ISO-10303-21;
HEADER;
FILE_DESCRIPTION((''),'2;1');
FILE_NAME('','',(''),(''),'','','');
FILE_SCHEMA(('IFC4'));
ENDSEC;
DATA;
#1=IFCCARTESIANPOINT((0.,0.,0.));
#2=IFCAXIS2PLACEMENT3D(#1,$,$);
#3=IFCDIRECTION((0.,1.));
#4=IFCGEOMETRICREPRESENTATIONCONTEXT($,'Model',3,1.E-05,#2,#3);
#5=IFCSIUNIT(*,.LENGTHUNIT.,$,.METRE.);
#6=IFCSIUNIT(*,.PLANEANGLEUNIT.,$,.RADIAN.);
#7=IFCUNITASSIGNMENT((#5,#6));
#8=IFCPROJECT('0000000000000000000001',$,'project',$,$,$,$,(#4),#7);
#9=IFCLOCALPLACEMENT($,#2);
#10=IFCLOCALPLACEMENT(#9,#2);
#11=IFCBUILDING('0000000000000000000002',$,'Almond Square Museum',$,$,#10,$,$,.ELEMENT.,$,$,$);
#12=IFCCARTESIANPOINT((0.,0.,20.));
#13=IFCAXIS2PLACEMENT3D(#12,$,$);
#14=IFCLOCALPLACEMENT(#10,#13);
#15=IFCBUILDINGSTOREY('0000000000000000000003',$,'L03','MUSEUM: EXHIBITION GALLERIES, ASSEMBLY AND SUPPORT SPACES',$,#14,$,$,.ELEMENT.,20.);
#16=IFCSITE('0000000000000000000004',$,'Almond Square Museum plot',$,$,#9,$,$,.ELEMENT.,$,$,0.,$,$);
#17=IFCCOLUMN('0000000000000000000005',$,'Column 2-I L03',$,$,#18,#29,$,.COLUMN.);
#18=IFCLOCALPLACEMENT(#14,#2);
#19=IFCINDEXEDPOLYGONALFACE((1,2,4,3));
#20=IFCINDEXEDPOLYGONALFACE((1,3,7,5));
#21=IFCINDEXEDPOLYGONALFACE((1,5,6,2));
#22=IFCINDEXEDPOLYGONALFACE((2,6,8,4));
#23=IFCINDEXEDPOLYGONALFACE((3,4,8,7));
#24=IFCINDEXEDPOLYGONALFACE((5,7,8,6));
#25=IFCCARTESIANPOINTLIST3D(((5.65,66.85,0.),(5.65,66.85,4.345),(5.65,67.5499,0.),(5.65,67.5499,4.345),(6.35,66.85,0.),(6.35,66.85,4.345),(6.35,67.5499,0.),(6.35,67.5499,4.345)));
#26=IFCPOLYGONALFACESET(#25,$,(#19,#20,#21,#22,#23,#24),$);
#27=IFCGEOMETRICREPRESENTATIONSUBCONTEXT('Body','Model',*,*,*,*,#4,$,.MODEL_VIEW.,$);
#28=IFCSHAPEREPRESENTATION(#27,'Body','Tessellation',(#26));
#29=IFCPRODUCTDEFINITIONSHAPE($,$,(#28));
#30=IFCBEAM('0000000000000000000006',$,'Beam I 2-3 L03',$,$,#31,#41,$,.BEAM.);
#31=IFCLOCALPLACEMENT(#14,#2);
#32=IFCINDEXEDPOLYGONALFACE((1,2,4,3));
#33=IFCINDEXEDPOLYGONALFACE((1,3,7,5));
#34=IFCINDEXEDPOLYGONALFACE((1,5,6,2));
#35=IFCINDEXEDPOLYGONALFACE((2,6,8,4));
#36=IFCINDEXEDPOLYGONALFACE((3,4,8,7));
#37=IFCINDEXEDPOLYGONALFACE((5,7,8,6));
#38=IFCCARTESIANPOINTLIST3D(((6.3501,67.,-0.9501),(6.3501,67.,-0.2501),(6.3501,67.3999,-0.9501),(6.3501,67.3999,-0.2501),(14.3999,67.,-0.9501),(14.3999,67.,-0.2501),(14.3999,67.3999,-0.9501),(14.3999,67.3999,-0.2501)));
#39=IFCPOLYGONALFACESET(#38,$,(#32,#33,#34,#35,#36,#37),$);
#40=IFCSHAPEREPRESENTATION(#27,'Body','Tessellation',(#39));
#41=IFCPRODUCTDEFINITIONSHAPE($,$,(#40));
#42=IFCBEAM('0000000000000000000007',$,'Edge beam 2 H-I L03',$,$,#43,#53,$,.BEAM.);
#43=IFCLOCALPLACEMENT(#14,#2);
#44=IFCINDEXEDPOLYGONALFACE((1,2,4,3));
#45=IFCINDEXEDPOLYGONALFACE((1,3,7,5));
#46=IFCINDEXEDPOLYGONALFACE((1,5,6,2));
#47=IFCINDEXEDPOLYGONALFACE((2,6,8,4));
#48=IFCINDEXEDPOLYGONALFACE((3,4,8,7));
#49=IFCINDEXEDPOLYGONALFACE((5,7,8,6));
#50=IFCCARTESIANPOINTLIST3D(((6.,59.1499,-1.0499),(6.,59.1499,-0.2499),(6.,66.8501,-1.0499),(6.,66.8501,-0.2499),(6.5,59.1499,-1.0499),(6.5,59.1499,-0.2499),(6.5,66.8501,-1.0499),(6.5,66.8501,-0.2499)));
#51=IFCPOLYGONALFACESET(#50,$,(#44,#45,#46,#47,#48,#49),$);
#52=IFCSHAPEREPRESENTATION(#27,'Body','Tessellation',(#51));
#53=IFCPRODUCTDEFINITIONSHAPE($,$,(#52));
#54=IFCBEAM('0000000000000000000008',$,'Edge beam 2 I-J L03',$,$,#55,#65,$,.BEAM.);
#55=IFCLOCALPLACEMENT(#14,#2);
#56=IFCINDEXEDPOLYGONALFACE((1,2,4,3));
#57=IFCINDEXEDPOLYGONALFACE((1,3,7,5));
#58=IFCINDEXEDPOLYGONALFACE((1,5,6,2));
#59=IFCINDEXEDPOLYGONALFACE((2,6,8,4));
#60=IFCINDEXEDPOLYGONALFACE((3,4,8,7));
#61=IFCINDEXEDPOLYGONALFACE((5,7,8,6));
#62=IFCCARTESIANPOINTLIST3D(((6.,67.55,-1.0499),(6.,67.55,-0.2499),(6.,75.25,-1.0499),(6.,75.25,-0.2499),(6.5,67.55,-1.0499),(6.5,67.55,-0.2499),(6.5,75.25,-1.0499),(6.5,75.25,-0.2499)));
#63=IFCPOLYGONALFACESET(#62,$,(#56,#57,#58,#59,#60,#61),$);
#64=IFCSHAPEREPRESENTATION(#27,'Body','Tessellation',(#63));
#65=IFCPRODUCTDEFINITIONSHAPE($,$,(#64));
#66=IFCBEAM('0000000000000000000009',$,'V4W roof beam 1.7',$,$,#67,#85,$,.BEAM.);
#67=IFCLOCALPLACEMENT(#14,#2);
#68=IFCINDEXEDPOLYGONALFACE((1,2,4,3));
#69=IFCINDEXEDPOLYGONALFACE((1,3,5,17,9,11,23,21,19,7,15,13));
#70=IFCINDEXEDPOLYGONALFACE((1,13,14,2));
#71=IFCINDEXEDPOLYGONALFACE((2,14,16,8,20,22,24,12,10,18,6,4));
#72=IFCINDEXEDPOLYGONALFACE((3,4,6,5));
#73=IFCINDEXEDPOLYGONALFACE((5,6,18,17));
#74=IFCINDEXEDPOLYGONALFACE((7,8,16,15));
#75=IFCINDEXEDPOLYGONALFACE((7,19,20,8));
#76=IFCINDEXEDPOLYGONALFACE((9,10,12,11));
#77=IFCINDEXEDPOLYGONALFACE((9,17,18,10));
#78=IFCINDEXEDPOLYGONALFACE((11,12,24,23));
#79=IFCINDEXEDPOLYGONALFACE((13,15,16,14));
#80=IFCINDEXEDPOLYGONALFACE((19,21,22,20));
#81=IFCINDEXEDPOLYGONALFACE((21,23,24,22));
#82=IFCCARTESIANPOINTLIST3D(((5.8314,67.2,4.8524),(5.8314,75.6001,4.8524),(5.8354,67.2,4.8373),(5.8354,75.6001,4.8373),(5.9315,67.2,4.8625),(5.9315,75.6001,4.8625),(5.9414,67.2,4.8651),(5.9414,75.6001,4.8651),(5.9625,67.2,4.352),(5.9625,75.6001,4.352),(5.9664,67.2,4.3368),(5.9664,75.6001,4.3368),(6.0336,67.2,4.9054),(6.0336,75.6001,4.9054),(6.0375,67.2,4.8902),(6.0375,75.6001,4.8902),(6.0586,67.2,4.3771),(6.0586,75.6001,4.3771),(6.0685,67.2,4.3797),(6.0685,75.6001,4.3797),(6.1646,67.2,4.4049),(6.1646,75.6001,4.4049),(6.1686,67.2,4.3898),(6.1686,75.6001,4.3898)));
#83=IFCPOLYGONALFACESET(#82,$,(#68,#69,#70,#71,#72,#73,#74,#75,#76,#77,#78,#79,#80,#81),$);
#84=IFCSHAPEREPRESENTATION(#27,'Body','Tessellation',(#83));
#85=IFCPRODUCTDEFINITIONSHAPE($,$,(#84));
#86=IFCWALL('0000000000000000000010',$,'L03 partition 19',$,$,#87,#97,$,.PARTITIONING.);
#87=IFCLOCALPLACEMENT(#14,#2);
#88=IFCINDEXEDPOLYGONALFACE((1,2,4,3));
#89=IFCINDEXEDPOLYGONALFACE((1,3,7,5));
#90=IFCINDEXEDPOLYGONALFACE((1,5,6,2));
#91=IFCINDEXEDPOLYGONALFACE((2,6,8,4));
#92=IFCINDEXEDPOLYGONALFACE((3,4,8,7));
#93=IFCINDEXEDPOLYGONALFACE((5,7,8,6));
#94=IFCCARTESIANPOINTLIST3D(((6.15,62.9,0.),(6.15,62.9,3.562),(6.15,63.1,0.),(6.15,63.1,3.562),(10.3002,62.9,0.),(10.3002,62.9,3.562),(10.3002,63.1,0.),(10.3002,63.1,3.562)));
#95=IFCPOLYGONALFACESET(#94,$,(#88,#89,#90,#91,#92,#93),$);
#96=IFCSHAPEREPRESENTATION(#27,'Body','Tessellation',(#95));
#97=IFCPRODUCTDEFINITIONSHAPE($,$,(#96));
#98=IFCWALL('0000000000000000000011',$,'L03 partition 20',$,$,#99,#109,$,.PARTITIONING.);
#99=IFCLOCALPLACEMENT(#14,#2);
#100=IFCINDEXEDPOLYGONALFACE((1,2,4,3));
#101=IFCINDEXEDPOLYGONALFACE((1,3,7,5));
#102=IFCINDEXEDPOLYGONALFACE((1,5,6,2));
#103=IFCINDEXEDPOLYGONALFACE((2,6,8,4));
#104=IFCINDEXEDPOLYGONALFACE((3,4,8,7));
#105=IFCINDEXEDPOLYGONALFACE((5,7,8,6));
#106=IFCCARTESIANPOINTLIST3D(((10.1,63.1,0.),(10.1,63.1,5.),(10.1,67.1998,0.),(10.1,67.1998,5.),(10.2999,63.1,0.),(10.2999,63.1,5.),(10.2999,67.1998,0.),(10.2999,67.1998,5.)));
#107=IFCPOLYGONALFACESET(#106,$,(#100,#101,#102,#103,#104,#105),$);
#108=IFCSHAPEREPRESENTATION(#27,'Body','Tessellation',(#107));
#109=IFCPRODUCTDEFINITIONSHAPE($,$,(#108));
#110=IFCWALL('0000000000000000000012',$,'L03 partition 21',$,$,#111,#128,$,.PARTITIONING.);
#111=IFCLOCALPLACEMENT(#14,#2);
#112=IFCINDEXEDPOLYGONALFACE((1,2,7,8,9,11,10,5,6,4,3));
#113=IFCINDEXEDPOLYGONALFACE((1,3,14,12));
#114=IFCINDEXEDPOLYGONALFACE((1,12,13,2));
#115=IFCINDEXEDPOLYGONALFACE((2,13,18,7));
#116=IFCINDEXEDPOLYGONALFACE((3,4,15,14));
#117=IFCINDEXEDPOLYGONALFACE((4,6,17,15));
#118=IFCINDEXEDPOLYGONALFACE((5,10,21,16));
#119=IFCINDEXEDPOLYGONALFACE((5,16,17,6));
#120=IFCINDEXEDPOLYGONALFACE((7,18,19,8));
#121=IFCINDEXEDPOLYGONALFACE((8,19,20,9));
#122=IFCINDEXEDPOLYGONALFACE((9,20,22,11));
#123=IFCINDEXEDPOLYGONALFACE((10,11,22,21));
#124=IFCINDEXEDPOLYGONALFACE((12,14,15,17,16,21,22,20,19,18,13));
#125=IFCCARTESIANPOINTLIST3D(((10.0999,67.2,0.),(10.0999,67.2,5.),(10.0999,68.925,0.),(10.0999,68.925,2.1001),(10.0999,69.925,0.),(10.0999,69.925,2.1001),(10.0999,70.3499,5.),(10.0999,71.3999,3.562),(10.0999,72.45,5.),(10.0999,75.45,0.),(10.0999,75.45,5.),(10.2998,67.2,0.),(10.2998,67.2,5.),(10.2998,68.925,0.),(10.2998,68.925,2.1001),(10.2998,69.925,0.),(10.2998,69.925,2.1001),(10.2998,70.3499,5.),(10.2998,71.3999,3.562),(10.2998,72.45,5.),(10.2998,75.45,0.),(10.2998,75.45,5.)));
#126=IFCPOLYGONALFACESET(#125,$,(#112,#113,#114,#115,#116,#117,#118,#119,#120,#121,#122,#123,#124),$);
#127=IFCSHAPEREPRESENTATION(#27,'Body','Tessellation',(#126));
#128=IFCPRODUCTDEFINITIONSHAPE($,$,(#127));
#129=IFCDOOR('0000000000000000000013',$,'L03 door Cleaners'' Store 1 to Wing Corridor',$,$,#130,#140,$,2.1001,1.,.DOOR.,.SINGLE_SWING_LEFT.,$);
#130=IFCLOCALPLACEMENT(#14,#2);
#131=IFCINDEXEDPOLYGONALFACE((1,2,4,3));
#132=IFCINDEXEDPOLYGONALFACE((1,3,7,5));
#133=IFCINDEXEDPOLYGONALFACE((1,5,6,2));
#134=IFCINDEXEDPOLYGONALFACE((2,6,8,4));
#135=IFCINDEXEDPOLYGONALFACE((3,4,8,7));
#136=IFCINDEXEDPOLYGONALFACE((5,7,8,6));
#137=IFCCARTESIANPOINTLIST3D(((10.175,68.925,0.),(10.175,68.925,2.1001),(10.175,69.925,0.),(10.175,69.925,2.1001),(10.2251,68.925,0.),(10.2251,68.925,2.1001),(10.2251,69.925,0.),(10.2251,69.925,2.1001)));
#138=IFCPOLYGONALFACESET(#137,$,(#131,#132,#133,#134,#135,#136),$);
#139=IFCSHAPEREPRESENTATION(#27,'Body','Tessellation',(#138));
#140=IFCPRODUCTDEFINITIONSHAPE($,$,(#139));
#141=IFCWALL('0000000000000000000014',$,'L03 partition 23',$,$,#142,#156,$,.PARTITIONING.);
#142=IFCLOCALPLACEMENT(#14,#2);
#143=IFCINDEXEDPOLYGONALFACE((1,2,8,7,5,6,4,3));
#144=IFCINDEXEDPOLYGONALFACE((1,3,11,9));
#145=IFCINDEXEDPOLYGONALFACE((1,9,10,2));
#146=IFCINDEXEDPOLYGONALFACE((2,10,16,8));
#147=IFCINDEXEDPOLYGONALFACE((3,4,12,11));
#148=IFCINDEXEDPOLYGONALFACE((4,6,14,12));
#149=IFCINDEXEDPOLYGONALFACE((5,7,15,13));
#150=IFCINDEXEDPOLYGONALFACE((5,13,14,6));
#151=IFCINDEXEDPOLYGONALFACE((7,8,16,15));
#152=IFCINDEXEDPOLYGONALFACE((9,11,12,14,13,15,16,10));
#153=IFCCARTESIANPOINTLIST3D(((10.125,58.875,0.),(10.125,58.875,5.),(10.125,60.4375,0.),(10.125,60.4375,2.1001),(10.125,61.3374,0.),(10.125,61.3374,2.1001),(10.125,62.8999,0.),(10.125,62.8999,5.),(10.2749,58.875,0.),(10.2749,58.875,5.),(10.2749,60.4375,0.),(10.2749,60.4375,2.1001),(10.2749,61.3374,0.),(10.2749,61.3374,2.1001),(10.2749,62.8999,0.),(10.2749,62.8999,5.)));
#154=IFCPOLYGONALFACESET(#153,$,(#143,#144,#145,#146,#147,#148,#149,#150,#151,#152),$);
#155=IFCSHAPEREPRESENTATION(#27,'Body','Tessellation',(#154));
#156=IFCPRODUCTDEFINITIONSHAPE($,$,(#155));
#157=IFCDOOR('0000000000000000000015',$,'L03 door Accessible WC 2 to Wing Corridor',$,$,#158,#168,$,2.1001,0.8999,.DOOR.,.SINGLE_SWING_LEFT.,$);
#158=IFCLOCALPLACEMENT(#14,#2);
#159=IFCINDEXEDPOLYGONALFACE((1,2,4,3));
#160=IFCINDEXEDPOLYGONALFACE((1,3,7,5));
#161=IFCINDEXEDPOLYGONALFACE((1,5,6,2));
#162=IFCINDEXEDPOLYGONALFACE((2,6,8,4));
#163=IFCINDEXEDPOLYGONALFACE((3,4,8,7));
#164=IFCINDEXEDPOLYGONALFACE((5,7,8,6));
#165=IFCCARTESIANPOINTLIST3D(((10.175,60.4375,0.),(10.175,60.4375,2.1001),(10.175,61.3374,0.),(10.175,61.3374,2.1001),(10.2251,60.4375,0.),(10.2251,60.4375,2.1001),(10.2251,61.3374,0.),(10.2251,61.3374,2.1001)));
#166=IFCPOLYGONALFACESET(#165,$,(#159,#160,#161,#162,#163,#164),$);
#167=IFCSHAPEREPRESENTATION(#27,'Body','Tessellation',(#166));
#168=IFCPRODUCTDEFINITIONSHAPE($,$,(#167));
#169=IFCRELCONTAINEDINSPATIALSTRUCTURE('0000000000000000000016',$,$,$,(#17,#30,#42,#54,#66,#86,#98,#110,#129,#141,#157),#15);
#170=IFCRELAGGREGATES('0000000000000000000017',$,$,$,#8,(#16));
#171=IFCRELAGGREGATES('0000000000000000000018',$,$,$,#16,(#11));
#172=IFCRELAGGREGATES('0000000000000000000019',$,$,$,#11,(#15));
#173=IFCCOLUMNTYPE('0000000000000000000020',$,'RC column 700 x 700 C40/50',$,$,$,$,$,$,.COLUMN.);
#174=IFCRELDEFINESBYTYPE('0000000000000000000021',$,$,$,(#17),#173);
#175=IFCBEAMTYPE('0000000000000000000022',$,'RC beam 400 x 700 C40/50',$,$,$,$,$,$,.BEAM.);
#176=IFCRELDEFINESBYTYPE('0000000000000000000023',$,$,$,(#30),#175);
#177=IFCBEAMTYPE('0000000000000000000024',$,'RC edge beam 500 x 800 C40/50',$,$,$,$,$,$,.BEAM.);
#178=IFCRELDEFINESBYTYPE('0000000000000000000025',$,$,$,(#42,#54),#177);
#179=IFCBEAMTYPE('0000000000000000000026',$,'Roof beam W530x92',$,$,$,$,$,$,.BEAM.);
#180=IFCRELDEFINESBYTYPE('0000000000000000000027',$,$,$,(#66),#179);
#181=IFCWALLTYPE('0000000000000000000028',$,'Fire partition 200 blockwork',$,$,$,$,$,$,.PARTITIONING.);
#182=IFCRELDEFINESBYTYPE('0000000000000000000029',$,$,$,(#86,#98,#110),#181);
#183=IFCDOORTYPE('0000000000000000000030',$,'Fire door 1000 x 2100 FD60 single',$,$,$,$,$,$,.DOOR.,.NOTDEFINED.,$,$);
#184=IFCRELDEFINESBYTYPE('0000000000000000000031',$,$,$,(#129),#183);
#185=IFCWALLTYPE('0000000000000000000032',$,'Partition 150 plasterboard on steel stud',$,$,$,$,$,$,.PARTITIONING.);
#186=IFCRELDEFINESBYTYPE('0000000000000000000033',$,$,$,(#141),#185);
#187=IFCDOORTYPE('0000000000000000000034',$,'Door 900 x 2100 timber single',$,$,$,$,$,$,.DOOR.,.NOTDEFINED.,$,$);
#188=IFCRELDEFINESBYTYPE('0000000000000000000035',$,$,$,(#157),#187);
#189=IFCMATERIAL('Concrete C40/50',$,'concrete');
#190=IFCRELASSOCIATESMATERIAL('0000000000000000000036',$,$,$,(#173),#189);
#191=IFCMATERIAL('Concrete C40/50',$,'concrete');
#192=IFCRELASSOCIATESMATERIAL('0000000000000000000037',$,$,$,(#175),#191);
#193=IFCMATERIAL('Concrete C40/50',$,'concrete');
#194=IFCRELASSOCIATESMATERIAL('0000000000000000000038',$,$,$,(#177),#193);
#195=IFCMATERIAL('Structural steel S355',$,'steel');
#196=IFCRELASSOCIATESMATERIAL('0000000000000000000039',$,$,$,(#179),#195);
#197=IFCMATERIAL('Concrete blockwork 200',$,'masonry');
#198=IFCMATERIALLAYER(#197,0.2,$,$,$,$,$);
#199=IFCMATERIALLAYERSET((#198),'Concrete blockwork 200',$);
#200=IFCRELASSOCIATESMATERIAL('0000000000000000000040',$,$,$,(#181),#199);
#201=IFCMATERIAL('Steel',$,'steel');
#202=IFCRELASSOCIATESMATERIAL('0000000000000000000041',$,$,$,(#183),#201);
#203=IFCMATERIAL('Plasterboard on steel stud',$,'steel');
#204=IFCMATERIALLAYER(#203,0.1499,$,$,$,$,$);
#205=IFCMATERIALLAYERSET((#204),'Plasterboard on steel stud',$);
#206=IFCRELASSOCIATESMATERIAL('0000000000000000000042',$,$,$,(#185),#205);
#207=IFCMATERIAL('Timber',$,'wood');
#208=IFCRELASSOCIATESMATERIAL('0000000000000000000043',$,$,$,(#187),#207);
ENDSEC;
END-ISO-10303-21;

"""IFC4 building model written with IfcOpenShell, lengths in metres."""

from ifc_helpers import new_model, si_unit, direction, frame, frame_2d, origin, origin_2d, place, context, subcontext, project, spatial, polyline, rectangle, i_section, outline, extrude, material, layer, layer_set, material_profile, profile_set, type_object, element, fill, save


model = new_model("IFC4")

# Units and contexts
model_context = context("Model", 3, precision=1e-05, world=origin(), true_north=direction((0.0, 1.0)))
body_context = subcontext(model_context, "Body", "Model", "MODEL_VIEW")
ifc_project = project(units=[si_unit("LENGTHUNIT", "METRE"), si_unit("PLANEANGLEUNIT", "RADIAN")], contexts=[model_context])

# Site, building, storey
site_placement = place(None, origin())
site = spatial("IfcSite", under=ifc_project, at=site_placement, Name="Almond Square Museum plot", CompositionType="ELEMENT", RefElevation=0.0)
building_placement = place(site_placement, origin())
building = spatial("IfcBuilding", under=site, at=building_placement, Name="Almond Square Museum", CompositionType="ELEMENT")
storey_placement = place(building_placement, frame((0.0, 0.0, 20.0)))
storey = spatial("IfcBuildingStorey", under=building, at=storey_placement, Name="L03", Description="MUSEUM: EXHIBITION GALLERIES, ASSEMBLY AND SUPPORT SPACES", CompositionType="ELEMENT", Elevation=20.0)

# Column
ifc_material_1 = material(Name="Concrete C40/50", Category="concrete")
ifc_material_profile_1 = material_profile(ifc_material_1, rectangle(XDim=0.7, YDim=0.7, at=origin_2d()))
ifc_profile_set_1 = profile_set([ifc_material_profile_1], Name="Concrete C40/50")
column_type = type_object("IfcColumnType", Name="RC column 700 x 700 C40/50", PredefinedType="COLUMN", material=ifc_profile_set_1)
column_placement = place(storey_placement, frame((6.0, 67.2, 0.0), z_axis=(0.0, 0.0, 1.0), x_axis=(1.0, 0.0, 0.0)))
element("IfcColumn", 1, at=column_placement, inside=storey, type_object=column_type, Name="Column 2-I L03", PredefinedType="COLUMN", context=body_context, shape_type="SweptSolid", body=[
    extrude(rectangle(XDim=0.7, YDim=0.7, at=origin_2d()), origin(), (0.0, 0.0, 1.0), 4.345),
])

# Beams
ifc_material_2 = material(Name="Concrete C40/50", Category="concrete")
ifc_material_profile_2 = material_profile(ifc_material_2, rectangle(XDim=0.3999, YDim=0.7, at=origin_2d()))
ifc_profile_set_2 = profile_set([ifc_material_profile_2], Name="Concrete C40/50")
beam_type_1 = type_object("IfcBeamType", Name="RC beam 400 x 700 C40/50", PredefinedType="BEAM", material=ifc_profile_set_2)
beam_1_placement = place(storey_placement, frame((6.3501, 67.2, -0.6001), z_axis=(1.0, 0.0, 0.0), x_axis=(0.0, 1.0, 0.0)))
element("IfcBeam", 2, at=beam_1_placement, inside=storey, type_object=beam_type_1, Name="Beam I 2-3 L03", PredefinedType="BEAM", context=body_context, shape_type="SweptSolid", body=[
    extrude(rectangle(XDim=0.3999, YDim=0.7, at=origin_2d()), origin(), (0.0, 0.0, 1.0), 8.0498),
])
ifc_material_3 = material(Name="Concrete C40/50", Category="concrete")
ifc_material_profile_3 = material_profile(ifc_material_3, rectangle(XDim=0.5, YDim=0.8, at=origin_2d()))
ifc_profile_set_3 = profile_set([ifc_material_profile_3], Name="Concrete C40/50")
beam_type_2 = type_object("IfcBeamType", Name="RC edge beam 500 x 800 C40/50", PredefinedType="BEAM", material=ifc_profile_set_3)
beam_2_placement = place(storey_placement, frame((6.25, 59.1499, -0.6499), z_axis=(0.0, 1.0, 0.0), x_axis=(-1.0, 0.0, 0.0)))
element("IfcBeam", 3, at=beam_2_placement, inside=storey, type_object=beam_type_2, Name="Edge beam 2 H-I L03", PredefinedType="BEAM", context=body_context, shape_type="SweptSolid", body=[
    extrude(rectangle(XDim=0.5, YDim=0.8, at=origin_2d()), origin(), (0.0, 0.0, 1.0), 7.7002),
])
beam_3_placement = place(storey_placement, frame((6.25, 67.55, -0.6499), z_axis=(0.0, 1.0, 0.0), x_axis=(-1.0, 0.0, 0.0)))
element("IfcBeam", 4, at=beam_3_placement, inside=storey, type_object=beam_type_2, Name="Edge beam 2 I-J L03", PredefinedType="BEAM", context=body_context, shape_type="SweptSolid", body=[
    extrude(rectangle(XDim=0.5, YDim=0.8, at=origin_2d()), origin(), (0.0, 0.0, 1.0), 7.7),
])
ifc_material_4 = material(Name="Structural steel S355", Category="steel")
ifc_material_profile_4 = material_profile(ifc_material_4, i_section(OverallWidth=0.209, OverallDepth=0.533, WebThickness=0.0103, FlangeThickness=0.0156, at=origin_2d()))
ifc_profile_set_4 = profile_set([ifc_material_profile_4], Name="Structural steel S355")
beam_type_3 = type_object("IfcBeamType", Name="Roof beam W530x92", PredefinedType="BEAM", material=ifc_profile_set_4)
beam_4_placement = place(storey_placement, frame((6.0, 67.2, 4.6211), z_axis=(0.0, 1.0, 0.0), x_axis=(-0.967372, 0.0, -0.25336)))
element("IfcBeam", 5, at=beam_4_placement, inside=storey, type_object=beam_type_3, Name="V4W roof beam 1.7", PredefinedType="BEAM", context=body_context, shape_type="SweptSolid", body=[
    extrude(i_section(OverallWidth=0.209, OverallDepth=0.533, WebThickness=0.0103, FlangeThickness=0.0156, at=origin_2d()), origin(), (0.0, 0.0, 1.0), 8.4001),
])

# Walls
ifc_material_5 = material(Name="Concrete blockwork 200", Category="masonry")
ifc_layer_1 = layer(ifc_material_5, 0.2)
ifc_layer_set_1 = layer_set([ifc_layer_1], Name="Concrete blockwork 200")
wall_type_1 = type_object("IfcWallType", Name="Fire partition 200 blockwork", PredefinedType="PARTITIONING", material=ifc_layer_set_1)
wall_1_placement = place(storey_placement, frame((6.1499, 63.0, 0.0), z_axis=(0.0, 0.0, 1.0), x_axis=(1.0, 0.0, 0.0)))
element("IfcWall", 6, at=wall_1_placement, inside=storey, type_object=wall_type_1, Name="L03 partition 19", PredefinedType="PARTITIONING", context=body_context, shape_type="SweptSolid", body=[
    extrude(rectangle(XDim=4.1501, YDim=0.2, at=frame_2d((2.0752, 0.0))), origin(), (0.0, 0.0, 1.0), 3.562),
])
wall_2_placement = place(storey_placement, frame((10.2, 63.1001, 0.0), z_axis=(0.0, 0.0, 1.0), x_axis=(0.0, 1.0, 0.0)))
element("IfcWall", 7, at=wall_2_placement, inside=storey, type_object=wall_type_1, Name="L03 partition 20", PredefinedType="PARTITIONING", context=body_context, shape_type="SweptSolid", body=[
    extrude(rectangle(XDim=4.0999, YDim=0.2, at=frame_2d((2.0498, 0.0))), origin(), (0.0, 0.0, 1.0), 5.0),
])

# Walls, openings, doors
wall_3_placement = place(storey_placement, frame((10.2, 67.2, 0.0), z_axis=(0.0, 0.0, 1.0), x_axis=(0.0, 1.0, 0.0)))
wall_3 = element("IfcWall", 8, at=wall_3_placement, inside=storey, type_object=wall_type_1, Name="L03 partition 21", PredefinedType="PARTITIONING", context=body_context, shape_type="SweptSolid", body=[
    extrude(outline(polyline([(0.0, 0.0), (8.25, 0.0), (8.25, 5.0), (5.25, 5.0), (4.2, 3.562), (3.1499, 5.0), (0.0, 5.0), (0.0, 0.0)])), frame((0.0, 0.1001, 0.0), z_axis=(0.0, -1.0, 0.0), x_axis=(1.0, 0.0, 0.0)), (0.0, 0.0, 1.0), 0.2),
])
opening_1_placement = place(wall_3_placement, frame((1.7251, 0.0, 0.0)))
opening_1 = element("IfcOpeningElement", 9, at=opening_1_placement, cuts=wall_3, PredefinedType="OPENING", context=body_context, shape_type="SweptSolid", body=[
    extrude(rectangle(XDim=1.0, YDim=2.1001, at=frame_2d((0.5, 1.05))), frame((0.0, 0.1099, 0.0), z_axis=(0.0, -1.0, 0.0), x_axis=(1.0, 0.0, 0.0)), (0.0, 0.0, 1.0), 0.22),
])
ifc_material_6 = material(Name="Steel", Category="steel")
door_type_1 = type_object("IfcDoorType", Name="Fire door 1000 x 2100 FD60 single", OperationType="NOTDEFINED", PredefinedType="DOOR", material=ifc_material_6)
door_1_placement = place(opening_1_placement, origin())
door_1 = element("IfcDoor", 10, at=door_1_placement, inside=storey, type_object=door_type_1, Name="L03 door Cleaners' Store 1 to Wing Corridor", OperationType="SINGLE_SWING_LEFT", OverallHeight=2.1001, OverallWidth=1.0, PredefinedType="DOOR", context=body_context, shape_type="SweptSolid", body=[
    extrude(rectangle(XDim=1.0, YDim=2.1001, at=frame_2d((0.5, 1.05))), frame((0.0, 0.0249, 0.0), z_axis=(0.0, -1.0, 0.0), x_axis=(1.0, 0.0, 0.0)), (0.0, 0.0, 1.0), 0.05),
])
fill(opening_1, door_1)
ifc_material_7 = material(Name="Plasterboard on steel stud", Category="steel")
ifc_layer_2 = layer(ifc_material_7, 0.1499)
ifc_layer_set_2 = layer_set([ifc_layer_2], Name="Plasterboard on steel stud")
wall_type_2 = type_object("IfcWallType", Name="Partition 150 plasterboard on steel stud", PredefinedType="PARTITIONING", material=ifc_layer_set_2)
wall_4_placement = place(storey_placement, frame((10.2, 58.875, 0.0), z_axis=(0.0, 0.0, 1.0), x_axis=(0.0, 1.0, 0.0)))
wall_4 = element("IfcWall", 11, at=wall_4_placement, inside=storey, type_object=wall_type_2, Name="L03 partition 23", PredefinedType="PARTITIONING", context=body_context, shape_type="SweptSolid", body=[
    extrude(rectangle(XDim=4.0249, YDim=0.1499, at=frame_2d((2.0125, 0.0))), origin(), (0.0, 0.0, 1.0), 5.0),
])
opening_2_placement = place(wall_4_placement, frame((1.5625, 0.0, 0.0)))
opening_2 = element("IfcOpeningElement", 12, at=opening_2_placement, cuts=wall_4, PredefinedType="OPENING", context=body_context, shape_type="SweptSolid", body=[
    extrude(rectangle(XDim=0.8999, YDim=2.1001, at=frame_2d((0.45, 1.05))), frame((0.0, 0.085, 0.0), z_axis=(0.0, -1.0, 0.0), x_axis=(1.0, 0.0, 0.0)), (0.0, 0.0, 1.0), 0.1699),
])
ifc_material_8 = material(Name="Timber", Category="wood")
door_type_2 = type_object("IfcDoorType", Name="Door 900 x 2100 timber single", OperationType="NOTDEFINED", PredefinedType="DOOR", material=ifc_material_8)
door_2_placement = place(opening_2_placement, origin())
door_2 = element("IfcDoor", 13, at=door_2_placement, inside=storey, type_object=door_type_2, Name="L03 door Accessible WC 2 to Wing Corridor", OperationType="SINGLE_SWING_LEFT", OverallHeight=2.1001, OverallWidth=0.8999, PredefinedType="DOOR", context=body_context, shape_type="SweptSolid", body=[
    extrude(rectangle(XDim=0.8999, YDim=2.1001, at=frame_2d((0.45, 1.05))), frame((0.0, 0.0249, 0.0), z_axis=(0.0, -1.0, 0.0), x_axis=(1.0, 0.0, 0.0)), (0.0, 0.0, 1.0), 0.05),
])
fill(opening_2, door_2)

save(model, "model.ifc")
